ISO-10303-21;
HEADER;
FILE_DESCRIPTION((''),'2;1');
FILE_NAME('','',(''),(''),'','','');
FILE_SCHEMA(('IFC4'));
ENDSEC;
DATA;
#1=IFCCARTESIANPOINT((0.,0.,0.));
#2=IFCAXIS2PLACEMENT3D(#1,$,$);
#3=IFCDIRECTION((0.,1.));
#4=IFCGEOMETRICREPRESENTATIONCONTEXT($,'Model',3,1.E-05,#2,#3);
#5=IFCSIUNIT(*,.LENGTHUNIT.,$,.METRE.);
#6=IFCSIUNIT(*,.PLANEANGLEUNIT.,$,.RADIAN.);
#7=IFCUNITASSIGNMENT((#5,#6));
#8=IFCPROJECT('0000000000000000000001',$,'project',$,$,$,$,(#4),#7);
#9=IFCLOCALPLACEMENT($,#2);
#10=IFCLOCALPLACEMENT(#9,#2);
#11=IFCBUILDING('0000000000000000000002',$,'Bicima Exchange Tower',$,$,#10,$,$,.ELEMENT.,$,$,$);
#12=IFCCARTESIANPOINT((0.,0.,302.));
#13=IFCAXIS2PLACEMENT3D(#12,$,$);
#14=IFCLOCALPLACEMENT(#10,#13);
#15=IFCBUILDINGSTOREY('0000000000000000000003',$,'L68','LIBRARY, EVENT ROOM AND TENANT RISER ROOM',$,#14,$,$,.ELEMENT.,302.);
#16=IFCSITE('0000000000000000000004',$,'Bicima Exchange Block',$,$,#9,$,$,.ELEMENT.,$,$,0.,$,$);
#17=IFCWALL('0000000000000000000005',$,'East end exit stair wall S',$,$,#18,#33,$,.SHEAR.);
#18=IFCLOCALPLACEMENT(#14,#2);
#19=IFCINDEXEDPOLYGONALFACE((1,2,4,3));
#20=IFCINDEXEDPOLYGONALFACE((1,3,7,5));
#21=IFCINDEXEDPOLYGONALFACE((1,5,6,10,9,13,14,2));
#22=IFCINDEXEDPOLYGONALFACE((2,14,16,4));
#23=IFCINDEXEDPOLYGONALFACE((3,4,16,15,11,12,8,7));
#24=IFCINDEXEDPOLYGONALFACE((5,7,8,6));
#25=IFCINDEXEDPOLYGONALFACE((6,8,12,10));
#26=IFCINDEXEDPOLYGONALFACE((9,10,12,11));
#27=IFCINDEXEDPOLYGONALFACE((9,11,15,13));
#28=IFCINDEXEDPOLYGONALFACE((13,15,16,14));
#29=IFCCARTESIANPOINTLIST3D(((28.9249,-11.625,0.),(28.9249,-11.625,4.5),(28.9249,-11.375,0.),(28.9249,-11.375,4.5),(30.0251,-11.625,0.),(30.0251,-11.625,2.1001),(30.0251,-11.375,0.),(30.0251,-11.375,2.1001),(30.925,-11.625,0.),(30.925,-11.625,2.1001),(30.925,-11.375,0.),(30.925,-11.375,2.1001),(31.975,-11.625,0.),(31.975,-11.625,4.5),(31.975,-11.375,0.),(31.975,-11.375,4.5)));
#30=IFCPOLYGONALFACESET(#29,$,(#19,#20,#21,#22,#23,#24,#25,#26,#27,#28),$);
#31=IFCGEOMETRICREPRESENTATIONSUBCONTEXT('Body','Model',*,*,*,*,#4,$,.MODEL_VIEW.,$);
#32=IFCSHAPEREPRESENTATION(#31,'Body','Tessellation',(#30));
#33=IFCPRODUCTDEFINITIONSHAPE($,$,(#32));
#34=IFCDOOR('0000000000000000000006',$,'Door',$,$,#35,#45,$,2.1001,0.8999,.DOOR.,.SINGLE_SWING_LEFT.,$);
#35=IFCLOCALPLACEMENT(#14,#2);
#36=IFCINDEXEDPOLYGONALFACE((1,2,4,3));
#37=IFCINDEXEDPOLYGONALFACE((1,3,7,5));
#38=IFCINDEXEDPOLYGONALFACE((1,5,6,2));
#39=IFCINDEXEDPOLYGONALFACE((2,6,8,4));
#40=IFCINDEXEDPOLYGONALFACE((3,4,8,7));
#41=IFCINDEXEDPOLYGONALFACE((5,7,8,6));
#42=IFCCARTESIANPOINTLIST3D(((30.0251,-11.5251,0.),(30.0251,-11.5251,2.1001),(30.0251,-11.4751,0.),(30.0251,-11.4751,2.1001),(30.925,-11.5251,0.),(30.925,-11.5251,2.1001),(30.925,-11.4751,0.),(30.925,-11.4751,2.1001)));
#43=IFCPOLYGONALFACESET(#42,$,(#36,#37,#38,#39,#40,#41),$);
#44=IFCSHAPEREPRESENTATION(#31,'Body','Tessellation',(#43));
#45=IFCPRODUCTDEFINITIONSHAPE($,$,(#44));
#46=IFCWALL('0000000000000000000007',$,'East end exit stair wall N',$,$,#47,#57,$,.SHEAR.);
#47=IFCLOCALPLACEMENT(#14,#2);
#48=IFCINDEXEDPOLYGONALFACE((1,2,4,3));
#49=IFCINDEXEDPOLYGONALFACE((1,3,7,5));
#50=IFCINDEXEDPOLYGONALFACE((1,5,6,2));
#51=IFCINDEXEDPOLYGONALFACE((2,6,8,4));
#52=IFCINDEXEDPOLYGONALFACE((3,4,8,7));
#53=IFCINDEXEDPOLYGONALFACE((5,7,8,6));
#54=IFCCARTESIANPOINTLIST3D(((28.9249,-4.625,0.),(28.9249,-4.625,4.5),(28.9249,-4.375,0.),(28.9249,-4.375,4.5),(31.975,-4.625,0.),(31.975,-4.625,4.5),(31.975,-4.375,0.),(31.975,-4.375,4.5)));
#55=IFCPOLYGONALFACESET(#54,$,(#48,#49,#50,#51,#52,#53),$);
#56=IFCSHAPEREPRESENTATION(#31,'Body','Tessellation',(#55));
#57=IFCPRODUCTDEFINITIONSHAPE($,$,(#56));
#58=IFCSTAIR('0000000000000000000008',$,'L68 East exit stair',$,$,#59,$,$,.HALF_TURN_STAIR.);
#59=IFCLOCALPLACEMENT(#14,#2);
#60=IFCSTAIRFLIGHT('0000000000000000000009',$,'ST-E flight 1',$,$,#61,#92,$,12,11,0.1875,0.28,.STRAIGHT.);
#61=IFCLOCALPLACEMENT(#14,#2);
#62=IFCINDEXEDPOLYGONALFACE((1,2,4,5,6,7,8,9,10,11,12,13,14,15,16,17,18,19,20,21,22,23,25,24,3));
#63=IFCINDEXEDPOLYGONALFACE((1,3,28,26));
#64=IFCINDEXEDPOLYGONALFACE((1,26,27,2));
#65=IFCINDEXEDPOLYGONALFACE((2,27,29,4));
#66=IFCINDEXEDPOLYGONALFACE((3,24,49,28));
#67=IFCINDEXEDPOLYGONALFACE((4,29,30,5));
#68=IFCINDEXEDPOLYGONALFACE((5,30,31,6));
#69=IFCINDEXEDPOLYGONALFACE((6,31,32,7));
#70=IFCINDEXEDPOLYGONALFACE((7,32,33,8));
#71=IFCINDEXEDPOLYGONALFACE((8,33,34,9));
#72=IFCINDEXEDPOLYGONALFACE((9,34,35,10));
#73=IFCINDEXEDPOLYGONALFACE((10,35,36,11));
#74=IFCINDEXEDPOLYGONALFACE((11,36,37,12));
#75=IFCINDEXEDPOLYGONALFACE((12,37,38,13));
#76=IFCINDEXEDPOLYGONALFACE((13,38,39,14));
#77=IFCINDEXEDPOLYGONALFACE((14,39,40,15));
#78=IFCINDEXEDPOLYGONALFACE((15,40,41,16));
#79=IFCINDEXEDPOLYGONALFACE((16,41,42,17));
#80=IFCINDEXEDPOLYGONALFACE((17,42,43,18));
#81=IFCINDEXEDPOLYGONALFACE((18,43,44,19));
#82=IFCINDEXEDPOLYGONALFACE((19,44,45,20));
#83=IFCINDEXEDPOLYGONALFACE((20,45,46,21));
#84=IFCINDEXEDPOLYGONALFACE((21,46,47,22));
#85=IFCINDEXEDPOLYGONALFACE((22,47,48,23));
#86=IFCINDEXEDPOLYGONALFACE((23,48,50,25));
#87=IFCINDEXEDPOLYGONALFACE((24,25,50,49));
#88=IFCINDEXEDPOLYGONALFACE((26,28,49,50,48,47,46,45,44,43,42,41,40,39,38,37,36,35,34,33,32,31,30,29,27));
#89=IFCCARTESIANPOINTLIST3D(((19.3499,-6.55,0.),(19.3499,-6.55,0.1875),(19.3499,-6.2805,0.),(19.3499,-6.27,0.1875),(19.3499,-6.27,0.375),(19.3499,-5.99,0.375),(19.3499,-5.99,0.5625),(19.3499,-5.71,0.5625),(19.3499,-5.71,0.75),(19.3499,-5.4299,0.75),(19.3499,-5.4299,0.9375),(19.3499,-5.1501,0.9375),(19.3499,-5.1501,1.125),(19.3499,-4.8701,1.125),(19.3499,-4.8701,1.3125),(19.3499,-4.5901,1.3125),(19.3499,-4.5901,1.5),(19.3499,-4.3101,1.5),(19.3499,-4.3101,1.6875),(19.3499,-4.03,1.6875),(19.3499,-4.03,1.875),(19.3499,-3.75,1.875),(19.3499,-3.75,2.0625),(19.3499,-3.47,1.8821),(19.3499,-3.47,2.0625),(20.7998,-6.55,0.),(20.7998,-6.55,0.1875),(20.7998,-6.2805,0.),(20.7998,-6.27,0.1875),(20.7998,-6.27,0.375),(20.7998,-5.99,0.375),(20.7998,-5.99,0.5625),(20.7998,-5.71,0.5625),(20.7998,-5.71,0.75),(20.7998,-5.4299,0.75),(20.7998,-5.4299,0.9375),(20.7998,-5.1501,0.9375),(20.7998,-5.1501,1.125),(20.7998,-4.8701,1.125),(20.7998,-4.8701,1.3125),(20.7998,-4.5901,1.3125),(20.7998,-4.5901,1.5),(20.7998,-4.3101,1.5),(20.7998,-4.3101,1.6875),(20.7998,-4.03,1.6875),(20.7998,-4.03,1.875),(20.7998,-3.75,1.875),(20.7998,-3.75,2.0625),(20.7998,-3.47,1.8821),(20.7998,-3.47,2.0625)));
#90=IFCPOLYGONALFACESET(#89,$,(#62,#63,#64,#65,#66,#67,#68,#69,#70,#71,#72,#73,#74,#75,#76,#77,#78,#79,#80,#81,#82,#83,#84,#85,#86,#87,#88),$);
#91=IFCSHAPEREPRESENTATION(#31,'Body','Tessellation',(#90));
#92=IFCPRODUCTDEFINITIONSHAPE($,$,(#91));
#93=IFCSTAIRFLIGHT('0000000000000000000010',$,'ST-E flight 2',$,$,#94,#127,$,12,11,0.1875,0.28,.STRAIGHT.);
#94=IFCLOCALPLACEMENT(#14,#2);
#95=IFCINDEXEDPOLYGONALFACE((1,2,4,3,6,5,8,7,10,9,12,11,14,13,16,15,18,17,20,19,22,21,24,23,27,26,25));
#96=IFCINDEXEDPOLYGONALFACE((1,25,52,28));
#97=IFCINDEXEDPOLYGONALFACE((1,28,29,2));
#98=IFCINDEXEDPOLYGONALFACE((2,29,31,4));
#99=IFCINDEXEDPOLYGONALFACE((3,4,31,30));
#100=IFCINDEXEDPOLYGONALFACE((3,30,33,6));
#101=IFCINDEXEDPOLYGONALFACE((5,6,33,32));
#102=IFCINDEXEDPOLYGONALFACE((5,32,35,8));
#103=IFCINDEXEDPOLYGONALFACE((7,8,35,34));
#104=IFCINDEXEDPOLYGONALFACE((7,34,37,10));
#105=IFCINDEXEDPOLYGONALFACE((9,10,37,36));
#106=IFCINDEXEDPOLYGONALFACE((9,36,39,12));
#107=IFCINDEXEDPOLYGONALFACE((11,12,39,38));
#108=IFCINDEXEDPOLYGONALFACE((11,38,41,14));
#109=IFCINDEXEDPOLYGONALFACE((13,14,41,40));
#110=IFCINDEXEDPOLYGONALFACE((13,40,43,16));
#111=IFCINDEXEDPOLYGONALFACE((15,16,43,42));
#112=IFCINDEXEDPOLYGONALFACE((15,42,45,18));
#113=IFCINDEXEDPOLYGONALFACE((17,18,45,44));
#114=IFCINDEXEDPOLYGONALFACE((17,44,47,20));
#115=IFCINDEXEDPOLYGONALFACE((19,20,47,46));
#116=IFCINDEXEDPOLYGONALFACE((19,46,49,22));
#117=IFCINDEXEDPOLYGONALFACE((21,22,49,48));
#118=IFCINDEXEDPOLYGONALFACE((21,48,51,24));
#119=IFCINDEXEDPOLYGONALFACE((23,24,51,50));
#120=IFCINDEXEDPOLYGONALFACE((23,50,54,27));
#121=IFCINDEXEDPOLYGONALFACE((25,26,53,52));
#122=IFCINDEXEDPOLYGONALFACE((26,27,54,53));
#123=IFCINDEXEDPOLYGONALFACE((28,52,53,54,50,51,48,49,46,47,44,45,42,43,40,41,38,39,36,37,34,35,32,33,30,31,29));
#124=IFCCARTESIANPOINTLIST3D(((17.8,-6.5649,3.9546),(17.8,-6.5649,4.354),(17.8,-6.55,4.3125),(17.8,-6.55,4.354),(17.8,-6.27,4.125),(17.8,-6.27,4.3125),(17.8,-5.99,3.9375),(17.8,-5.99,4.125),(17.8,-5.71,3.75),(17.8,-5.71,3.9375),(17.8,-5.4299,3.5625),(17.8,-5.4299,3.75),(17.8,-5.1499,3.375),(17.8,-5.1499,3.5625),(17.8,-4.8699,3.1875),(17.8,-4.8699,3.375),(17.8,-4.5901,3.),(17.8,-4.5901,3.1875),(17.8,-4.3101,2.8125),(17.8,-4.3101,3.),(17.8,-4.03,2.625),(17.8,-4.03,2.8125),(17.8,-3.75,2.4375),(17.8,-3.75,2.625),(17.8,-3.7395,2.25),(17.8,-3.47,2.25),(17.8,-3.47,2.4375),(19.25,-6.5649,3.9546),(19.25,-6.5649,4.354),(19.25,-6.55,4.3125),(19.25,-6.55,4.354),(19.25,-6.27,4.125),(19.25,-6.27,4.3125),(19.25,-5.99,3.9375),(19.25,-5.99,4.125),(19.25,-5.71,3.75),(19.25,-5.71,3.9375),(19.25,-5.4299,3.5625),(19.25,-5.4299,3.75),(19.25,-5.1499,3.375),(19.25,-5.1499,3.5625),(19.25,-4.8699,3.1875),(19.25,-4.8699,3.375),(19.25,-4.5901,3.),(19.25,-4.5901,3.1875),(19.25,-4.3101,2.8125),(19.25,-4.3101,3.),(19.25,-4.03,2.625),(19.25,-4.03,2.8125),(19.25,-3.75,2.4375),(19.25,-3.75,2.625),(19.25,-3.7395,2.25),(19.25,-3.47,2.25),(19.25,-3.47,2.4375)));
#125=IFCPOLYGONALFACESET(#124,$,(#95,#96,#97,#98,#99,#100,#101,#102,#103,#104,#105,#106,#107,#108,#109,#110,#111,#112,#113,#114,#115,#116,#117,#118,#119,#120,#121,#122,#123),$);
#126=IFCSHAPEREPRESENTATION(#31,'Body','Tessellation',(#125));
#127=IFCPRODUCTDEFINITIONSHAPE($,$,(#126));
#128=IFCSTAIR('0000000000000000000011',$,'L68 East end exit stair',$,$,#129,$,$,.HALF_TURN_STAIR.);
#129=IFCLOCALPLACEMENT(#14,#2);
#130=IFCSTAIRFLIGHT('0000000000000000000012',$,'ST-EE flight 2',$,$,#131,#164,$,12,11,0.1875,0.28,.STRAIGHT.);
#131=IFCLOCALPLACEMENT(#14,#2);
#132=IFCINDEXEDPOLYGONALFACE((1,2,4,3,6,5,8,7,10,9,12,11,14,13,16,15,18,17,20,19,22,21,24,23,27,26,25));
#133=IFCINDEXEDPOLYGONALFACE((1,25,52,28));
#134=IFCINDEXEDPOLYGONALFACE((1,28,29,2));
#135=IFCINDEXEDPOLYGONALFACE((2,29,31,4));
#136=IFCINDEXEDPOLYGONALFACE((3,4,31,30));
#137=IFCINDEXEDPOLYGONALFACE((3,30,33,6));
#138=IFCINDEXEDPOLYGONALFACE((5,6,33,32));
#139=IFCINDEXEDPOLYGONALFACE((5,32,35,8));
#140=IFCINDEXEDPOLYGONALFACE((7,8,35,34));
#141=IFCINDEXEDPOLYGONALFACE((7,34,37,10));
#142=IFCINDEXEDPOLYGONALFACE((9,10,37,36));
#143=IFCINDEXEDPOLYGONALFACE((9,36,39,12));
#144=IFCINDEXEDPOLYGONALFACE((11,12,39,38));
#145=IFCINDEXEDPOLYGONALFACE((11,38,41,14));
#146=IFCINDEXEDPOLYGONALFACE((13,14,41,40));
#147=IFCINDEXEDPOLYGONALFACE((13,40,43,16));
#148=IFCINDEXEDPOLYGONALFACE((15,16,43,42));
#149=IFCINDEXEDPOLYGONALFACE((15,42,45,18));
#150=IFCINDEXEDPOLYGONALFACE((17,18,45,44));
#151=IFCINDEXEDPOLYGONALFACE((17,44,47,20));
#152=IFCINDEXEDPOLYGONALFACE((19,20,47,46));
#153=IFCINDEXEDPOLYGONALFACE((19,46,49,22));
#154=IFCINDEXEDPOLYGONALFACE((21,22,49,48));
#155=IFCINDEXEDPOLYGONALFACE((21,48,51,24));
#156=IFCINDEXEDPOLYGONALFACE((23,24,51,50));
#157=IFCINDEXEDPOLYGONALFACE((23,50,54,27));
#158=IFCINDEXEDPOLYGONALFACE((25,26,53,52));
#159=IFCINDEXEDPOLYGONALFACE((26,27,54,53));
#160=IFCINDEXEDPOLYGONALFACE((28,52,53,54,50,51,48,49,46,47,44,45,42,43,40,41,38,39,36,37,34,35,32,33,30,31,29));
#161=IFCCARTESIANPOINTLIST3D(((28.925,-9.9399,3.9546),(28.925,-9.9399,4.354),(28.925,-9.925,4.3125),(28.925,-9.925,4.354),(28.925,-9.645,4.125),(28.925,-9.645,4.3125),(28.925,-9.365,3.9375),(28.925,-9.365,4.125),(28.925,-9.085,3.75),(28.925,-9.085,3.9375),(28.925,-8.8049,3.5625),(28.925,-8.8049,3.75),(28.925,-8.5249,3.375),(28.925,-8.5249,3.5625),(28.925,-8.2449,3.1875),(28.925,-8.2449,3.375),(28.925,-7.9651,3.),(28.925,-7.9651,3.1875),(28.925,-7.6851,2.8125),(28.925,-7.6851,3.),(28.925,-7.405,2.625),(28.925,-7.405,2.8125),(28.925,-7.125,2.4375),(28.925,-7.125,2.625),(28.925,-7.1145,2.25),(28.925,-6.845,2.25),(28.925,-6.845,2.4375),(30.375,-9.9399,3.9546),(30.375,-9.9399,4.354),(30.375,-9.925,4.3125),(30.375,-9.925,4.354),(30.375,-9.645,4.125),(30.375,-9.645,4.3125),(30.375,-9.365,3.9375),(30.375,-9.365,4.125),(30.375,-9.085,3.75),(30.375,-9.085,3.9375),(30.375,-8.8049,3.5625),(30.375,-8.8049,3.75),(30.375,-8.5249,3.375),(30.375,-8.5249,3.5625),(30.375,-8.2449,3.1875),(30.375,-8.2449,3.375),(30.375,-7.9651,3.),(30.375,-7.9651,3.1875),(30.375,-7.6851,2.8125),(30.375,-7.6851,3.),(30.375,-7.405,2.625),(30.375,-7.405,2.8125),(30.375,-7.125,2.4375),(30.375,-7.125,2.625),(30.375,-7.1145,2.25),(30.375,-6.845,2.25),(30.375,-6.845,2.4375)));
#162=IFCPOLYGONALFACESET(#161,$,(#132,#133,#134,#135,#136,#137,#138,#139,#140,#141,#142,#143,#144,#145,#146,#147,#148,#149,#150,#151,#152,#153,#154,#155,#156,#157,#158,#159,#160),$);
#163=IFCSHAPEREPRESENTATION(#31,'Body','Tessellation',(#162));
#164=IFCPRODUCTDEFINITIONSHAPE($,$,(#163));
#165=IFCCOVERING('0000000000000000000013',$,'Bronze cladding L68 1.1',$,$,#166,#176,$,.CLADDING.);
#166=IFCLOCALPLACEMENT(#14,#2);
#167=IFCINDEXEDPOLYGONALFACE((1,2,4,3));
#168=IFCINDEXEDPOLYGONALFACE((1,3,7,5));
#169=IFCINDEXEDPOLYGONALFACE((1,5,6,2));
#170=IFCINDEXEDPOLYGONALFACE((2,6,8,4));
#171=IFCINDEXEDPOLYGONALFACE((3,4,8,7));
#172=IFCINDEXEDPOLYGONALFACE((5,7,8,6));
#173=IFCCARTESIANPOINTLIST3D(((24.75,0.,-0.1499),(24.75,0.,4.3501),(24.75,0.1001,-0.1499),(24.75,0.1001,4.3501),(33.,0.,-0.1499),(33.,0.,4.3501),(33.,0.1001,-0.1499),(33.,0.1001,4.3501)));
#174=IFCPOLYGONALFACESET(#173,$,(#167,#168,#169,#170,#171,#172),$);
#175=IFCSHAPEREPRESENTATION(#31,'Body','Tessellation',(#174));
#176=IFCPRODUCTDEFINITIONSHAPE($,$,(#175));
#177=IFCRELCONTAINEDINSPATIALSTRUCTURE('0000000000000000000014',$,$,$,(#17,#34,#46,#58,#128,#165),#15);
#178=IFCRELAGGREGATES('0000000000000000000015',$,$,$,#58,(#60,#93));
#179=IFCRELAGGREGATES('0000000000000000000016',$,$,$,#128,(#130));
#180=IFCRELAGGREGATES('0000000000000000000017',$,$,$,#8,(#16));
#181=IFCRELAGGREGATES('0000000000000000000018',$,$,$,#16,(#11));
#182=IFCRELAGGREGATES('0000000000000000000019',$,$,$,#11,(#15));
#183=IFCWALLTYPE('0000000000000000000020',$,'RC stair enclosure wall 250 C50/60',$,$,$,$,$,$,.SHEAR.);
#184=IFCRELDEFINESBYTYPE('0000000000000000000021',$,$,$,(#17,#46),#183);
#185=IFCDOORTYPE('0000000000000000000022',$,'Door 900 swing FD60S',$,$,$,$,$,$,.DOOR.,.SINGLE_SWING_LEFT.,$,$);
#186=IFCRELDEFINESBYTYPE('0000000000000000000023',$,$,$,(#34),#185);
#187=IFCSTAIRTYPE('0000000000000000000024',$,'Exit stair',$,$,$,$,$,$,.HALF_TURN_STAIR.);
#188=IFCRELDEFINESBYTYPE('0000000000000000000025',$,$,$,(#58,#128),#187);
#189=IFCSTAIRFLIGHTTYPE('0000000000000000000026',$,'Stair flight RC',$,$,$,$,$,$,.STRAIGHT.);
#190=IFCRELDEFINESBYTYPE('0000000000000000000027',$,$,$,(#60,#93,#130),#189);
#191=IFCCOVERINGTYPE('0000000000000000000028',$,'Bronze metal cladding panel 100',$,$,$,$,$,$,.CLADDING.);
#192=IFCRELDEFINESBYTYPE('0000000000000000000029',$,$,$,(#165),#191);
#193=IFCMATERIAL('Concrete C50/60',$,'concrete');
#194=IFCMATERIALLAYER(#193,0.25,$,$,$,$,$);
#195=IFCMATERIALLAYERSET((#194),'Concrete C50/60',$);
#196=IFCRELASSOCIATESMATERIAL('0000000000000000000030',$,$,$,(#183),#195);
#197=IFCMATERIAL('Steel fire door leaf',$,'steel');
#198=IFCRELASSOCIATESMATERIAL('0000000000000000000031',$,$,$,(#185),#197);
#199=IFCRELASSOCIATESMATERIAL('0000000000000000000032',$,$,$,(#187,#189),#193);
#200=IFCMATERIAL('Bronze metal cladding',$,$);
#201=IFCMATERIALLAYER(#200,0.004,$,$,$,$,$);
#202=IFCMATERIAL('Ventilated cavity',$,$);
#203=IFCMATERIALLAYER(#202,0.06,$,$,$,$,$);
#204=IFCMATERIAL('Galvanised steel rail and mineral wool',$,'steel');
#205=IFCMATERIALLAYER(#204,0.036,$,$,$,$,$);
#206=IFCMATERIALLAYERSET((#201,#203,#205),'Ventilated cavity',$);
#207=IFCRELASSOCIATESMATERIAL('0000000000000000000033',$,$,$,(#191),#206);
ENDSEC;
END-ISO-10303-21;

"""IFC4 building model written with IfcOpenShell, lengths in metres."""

from ifc_helpers import new_model, si_unit, direction, frame, frame_2d, origin, origin_2d, place, context, subcontext, project, spatial, polyline, rectangle, outline, extrude, material, layer, layer_set, type_object, element, fill, aggregate, save


model = new_model("IFC4")

# Units and contexts
model_context = context("Model", 3, precision=1e-05, world=origin(), true_north=direction((0.0, 1.0)))
body_context = subcontext(model_context, "Body", "Model", "MODEL_VIEW")
ifc_project = project(units=[si_unit("LENGTHUNIT", "METRE"), si_unit("PLANEANGLEUNIT", "RADIAN")], contexts=[model_context])

# Site, building, storey
site_placement = place(None, origin())
site = spatial("IfcSite", under=ifc_project, at=site_placement, Name="Bicima Exchange Block", CompositionType="ELEMENT", RefElevation=0.0)
building_placement = place(site_placement, origin())
building = spatial("IfcBuilding", under=site, at=building_placement, Name="Bicima Exchange Tower", CompositionType="ELEMENT")
storey_placement = place(building_placement, frame((0.0, 0.0, 302.0)))
storey = spatial("IfcBuildingStorey", under=building, at=storey_placement, Name="L68", Description="LIBRARY, EVENT ROOM AND TENANT RISER ROOM", CompositionType="ELEMENT", Elevation=302.0)

# Shared definitions
ifc_material_1 = material(Name="Concrete C50/60", Category="concrete")
ifc_layer_1 = layer(ifc_material_1, 0.25)
ifc_layer_set_1 = layer_set([ifc_layer_1], Name="Concrete C50/60")
wall_type_1 = type_object("IfcWallType", Name="RC stair enclosure wall 250 C50/60", PredefinedType="SHEAR", material=ifc_layer_set_1)

# Wall, opening, door
wall_1_placement = place(storey_placement, frame((28.925, -11.5, 0.0), z_axis=(0.0, 0.0, 1.0), x_axis=(1.0, 0.0, 0.0)))
wall_1 = element("IfcWall", 1, at=wall_1_placement, inside=storey, type_object=wall_type_1, Name="East end exit stair wall S", PredefinedType="SHEAR", context=body_context, shape_type="SweptSolid", body=[
    extrude(rectangle(XDim=3.05, YDim=0.25, at=frame_2d((1.5249, 0.0))), origin(), (0.0, 0.0, 1.0), 4.5),
])
opening_placement = place(wall_1_placement, frame((1.1001, 0.0, 0.0)))
opening = element("IfcOpeningElement", 2, at=opening_placement, cuts=wall_1, PredefinedType="OPENING", context=body_context, shape_type="SweptSolid", body=[
    extrude(rectangle(XDim=0.8999, YDim=2.1001, at=frame_2d((0.45, 1.05))), frame((0.0, 0.137, 0.0), z_axis=(0.0, -1.0, 0.0), x_axis=(1.0, 0.0, 0.0)), (0.0, 0.0, 1.0), 0.2739),
])
ifc_material_2 = material(Name="Steel fire door leaf", Category="steel")
door_type = type_object("IfcDoorType", Name="Door 900 swing FD60S", OperationType="SINGLE_SWING_LEFT", PredefinedType="DOOR", material=ifc_material_2)
door_placement = place(opening_placement, origin())
door = element("IfcDoor", 3, at=door_placement, inside=storey, type_object=door_type, Name="Door", OperationType="SINGLE_SWING_LEFT", OverallHeight=2.1001, OverallWidth=0.8999, PredefinedType="DOOR", context=body_context, shape_type="SweptSolid", body=[
    extrude(rectangle(XDim=0.8999, YDim=2.1001, at=frame_2d((0.45, 1.05))), frame((0.0, 0.0249, 0.0), z_axis=(0.0, -1.0, 0.0), x_axis=(1.0, 0.0, 0.0)), (0.0, 0.0, 1.0), 0.05),
])
fill(opening, door)

# Wall
wall_2_placement = place(storey_placement, frame((28.925, -4.5, 0.0), z_axis=(0.0, 0.0, 1.0), x_axis=(1.0, 0.0, 0.0)))
element("IfcWall", 4, at=wall_2_placement, inside=storey, type_object=wall_type_1, Name="East end exit stair wall N", PredefinedType="SHEAR", context=body_context, shape_type="SweptSolid", body=[
    extrude(rectangle(XDim=3.05, YDim=0.25, at=frame_2d((1.5249, 0.0))), origin(), (0.0, 0.0, 1.0), 4.5),
])

# Stair, stair flights
stair_type = type_object("IfcStairType", Name="Exit stair", PredefinedType="HALF_TURN_STAIR", material=ifc_material_1)
stair_1_placement = place(storey_placement, origin())
stair_1 = element("IfcStair", 5, at=stair_1_placement, inside=storey, type_object=stair_type, Name="L68 East exit stair", PredefinedType="HALF_TURN_STAIR")
stair_flight_type = type_object("IfcStairFlightType", Name="Stair flight RC", PredefinedType="STRAIGHT", material=ifc_material_1)
stair_flight_1_placement = place(storey_placement, frame((20.075, -6.55, 0.0), z_axis=(0.0, 0.0, 1.0), x_axis=(0.0, 1.0, 0.0)))
stair_flight_1 = element("IfcStairFlight", 6, at=stair_flight_1_placement, type_object=stair_flight_type, Name="ST-E flight 1", NumberOfRisers=12, NumberOfTreads=11, PredefinedType="STRAIGHT", RiserHeight=0.1875, TreadLength=0.28, context=body_context, shape_type="SweptSolid", body=[
    extrude(outline(polyline([(0.0, 0.0), (0.0, 0.1875), (0.28, 0.1875), (0.28, 0.375), (0.5601, 0.375), (0.5601, 0.5625), (0.8401, 0.5625), (0.8401, 0.75), (1.1201, 0.75), (1.1201, 0.9375), (1.3999, 0.9375), (1.3999, 1.125), (1.6799, 1.125), (1.6799, 1.3125), (1.96, 1.3125), (1.96, 1.5), (2.24, 1.5), (2.24, 1.6875), (2.52, 1.6875), (2.52, 1.875), (2.8, 1.875), (2.8, 2.0625), (3.0801, 2.0625), (3.0801, 2.25), (3.0801, 1.8821), (0.2695, 0.0), (0.0, 0.0)])), frame((0.0, 0.7251, 0.0), z_axis=(0.0, -1.0, 0.0), x_axis=(1.0, 0.0, 0.0)), (0.0, 0.0, 1.0), 1.45),
])
stair_flight_2_placement = place(storey_placement, frame((18.5249, -3.47, 2.25), z_axis=(0.0, 0.0, 1.0), x_axis=(0.0, -1.0, 0.0)))
stair_flight_2 = element("IfcStairFlight", 7, at=stair_flight_2_placement, type_object=stair_flight_type, Name="ST-E flight 2", NumberOfRisers=12, NumberOfTreads=11, PredefinedType="STRAIGHT", RiserHeight=0.1875, TreadLength=0.28, context=body_context, shape_type="SweptSolid", body=[
    extrude(outline(polyline([(0.0, 0.0), (0.0, 0.1875), (0.28, 0.1875), (0.28, 0.375), (0.5601, 0.375), (0.5601, 0.5625), (0.8401, 0.5625), (0.8401, 0.75), (1.1201, 0.75), (1.1201, 0.9375), (1.3999, 0.9375), (1.3999, 1.125), (1.6799, 1.125), (1.6799, 1.3125), (1.96, 1.3125), (1.96, 1.5), (2.24, 1.5), (2.24, 1.6875), (2.52, 1.6875), (2.52, 1.875), (2.8, 1.875), (2.8, 2.0625), (3.0801, 2.0625), (3.0801, 2.104), (3.095, 2.104), (3.095, 1.7046), (0.2695, 0.0), (0.0, 0.0)])), frame((0.0, 0.7251, 0.0), z_axis=(0.0, -1.0, 0.0), x_axis=(1.0, 0.0, 0.0)), (0.0, 0.0, 1.0), 1.45),
])
aggregate(stair_1, [stair_flight_1, stair_flight_2])

# Stair, stair flight
stair_2_placement = place(storey_placement, origin())
stair_2 = element("IfcStair", 8, at=stair_2_placement, inside=storey, type_object=stair_type, Name="L68 East end exit stair", PredefinedType="HALF_TURN_STAIR")
stair_flight_3_placement = place(storey_placement, frame((29.6499, -6.845, 2.25), z_axis=(0.0, 0.0, 1.0), x_axis=(0.0, -1.0, 0.0)))
stair_flight_3 = element("IfcStairFlight", 9, at=stair_flight_3_placement, type_object=stair_flight_type, Name="ST-EE flight 2", NumberOfRisers=12, NumberOfTreads=11, PredefinedType="STRAIGHT", RiserHeight=0.1875, TreadLength=0.28, context=body_context, shape_type="SweptSolid", body=[
    extrude(outline(polyline([(0.0, 0.0), (0.0, 0.1875), (0.28, 0.1875), (0.28, 0.375), (0.5601, 0.375), (0.5601, 0.5625), (0.8401, 0.5625), (0.8401, 0.75), (1.1201, 0.75), (1.1201, 0.9375), (1.3999, 0.9375), (1.3999, 1.125), (1.6799, 1.125), (1.6799, 1.3125), (1.96, 1.3125), (1.96, 1.5), (2.24, 1.5), (2.24, 1.6875), (2.52, 1.6875), (2.52, 1.875), (2.8, 1.875), (2.8, 2.0625), (3.0801, 2.0625), (3.0801, 2.104), (3.095, 2.104), (3.095, 1.7046), (0.2695, 0.0), (0.0, 0.0)])), frame((0.0, 0.7251, 0.0), z_axis=(0.0, -1.0, 0.0), x_axis=(1.0, 0.0, 0.0)), (0.0, 0.0, 1.0), 1.45),
])
aggregate(stair_2, [stair_flight_3])

# Covering
ifc_material_3 = material(Name="Bronze metal cladding")
ifc_layer_2 = layer(ifc_material_3, 0.004)
ifc_material_4 = material(Name="Ventilated cavity")
ifc_layer_3 = layer(ifc_material_4, 0.06)
ifc_material_5 = material(Name="Galvanised steel rail and mineral wool", Category="steel")
ifc_layer_4 = layer(ifc_material_5, 0.036)
ifc_layer_set_2 = layer_set([ifc_layer_2, ifc_layer_3, ifc_layer_4], Name="Ventilated cavity")
covering_type = type_object("IfcCoveringType", Name="Bronze metal cladding panel 100", PredefinedType="CLADDING", material=ifc_layer_set_2)
for number, where, z_axis, x_axis, name in (
    (10, (28.875, 0.05, -0.1499), (0.0, 0.0, 1.0), (-1.0, 0.0, 0.0), "Bronze cladding L68 1.1"),
):
    element("IfcCovering", number, at=place(storey_placement, frame(where, z_axis=z_axis, x_axis=x_axis)), inside=storey, type_object=covering_type, Name=name, PredefinedType="CLADDING", context=body_context, shape_type="SweptSolid", body=[
        extrude(rectangle(XDim=8.25, YDim=0.1001, at=origin_2d()), origin(), (0.0, 0.0, 1.0), 4.5),
    ])

save(model, "model.ifc")
